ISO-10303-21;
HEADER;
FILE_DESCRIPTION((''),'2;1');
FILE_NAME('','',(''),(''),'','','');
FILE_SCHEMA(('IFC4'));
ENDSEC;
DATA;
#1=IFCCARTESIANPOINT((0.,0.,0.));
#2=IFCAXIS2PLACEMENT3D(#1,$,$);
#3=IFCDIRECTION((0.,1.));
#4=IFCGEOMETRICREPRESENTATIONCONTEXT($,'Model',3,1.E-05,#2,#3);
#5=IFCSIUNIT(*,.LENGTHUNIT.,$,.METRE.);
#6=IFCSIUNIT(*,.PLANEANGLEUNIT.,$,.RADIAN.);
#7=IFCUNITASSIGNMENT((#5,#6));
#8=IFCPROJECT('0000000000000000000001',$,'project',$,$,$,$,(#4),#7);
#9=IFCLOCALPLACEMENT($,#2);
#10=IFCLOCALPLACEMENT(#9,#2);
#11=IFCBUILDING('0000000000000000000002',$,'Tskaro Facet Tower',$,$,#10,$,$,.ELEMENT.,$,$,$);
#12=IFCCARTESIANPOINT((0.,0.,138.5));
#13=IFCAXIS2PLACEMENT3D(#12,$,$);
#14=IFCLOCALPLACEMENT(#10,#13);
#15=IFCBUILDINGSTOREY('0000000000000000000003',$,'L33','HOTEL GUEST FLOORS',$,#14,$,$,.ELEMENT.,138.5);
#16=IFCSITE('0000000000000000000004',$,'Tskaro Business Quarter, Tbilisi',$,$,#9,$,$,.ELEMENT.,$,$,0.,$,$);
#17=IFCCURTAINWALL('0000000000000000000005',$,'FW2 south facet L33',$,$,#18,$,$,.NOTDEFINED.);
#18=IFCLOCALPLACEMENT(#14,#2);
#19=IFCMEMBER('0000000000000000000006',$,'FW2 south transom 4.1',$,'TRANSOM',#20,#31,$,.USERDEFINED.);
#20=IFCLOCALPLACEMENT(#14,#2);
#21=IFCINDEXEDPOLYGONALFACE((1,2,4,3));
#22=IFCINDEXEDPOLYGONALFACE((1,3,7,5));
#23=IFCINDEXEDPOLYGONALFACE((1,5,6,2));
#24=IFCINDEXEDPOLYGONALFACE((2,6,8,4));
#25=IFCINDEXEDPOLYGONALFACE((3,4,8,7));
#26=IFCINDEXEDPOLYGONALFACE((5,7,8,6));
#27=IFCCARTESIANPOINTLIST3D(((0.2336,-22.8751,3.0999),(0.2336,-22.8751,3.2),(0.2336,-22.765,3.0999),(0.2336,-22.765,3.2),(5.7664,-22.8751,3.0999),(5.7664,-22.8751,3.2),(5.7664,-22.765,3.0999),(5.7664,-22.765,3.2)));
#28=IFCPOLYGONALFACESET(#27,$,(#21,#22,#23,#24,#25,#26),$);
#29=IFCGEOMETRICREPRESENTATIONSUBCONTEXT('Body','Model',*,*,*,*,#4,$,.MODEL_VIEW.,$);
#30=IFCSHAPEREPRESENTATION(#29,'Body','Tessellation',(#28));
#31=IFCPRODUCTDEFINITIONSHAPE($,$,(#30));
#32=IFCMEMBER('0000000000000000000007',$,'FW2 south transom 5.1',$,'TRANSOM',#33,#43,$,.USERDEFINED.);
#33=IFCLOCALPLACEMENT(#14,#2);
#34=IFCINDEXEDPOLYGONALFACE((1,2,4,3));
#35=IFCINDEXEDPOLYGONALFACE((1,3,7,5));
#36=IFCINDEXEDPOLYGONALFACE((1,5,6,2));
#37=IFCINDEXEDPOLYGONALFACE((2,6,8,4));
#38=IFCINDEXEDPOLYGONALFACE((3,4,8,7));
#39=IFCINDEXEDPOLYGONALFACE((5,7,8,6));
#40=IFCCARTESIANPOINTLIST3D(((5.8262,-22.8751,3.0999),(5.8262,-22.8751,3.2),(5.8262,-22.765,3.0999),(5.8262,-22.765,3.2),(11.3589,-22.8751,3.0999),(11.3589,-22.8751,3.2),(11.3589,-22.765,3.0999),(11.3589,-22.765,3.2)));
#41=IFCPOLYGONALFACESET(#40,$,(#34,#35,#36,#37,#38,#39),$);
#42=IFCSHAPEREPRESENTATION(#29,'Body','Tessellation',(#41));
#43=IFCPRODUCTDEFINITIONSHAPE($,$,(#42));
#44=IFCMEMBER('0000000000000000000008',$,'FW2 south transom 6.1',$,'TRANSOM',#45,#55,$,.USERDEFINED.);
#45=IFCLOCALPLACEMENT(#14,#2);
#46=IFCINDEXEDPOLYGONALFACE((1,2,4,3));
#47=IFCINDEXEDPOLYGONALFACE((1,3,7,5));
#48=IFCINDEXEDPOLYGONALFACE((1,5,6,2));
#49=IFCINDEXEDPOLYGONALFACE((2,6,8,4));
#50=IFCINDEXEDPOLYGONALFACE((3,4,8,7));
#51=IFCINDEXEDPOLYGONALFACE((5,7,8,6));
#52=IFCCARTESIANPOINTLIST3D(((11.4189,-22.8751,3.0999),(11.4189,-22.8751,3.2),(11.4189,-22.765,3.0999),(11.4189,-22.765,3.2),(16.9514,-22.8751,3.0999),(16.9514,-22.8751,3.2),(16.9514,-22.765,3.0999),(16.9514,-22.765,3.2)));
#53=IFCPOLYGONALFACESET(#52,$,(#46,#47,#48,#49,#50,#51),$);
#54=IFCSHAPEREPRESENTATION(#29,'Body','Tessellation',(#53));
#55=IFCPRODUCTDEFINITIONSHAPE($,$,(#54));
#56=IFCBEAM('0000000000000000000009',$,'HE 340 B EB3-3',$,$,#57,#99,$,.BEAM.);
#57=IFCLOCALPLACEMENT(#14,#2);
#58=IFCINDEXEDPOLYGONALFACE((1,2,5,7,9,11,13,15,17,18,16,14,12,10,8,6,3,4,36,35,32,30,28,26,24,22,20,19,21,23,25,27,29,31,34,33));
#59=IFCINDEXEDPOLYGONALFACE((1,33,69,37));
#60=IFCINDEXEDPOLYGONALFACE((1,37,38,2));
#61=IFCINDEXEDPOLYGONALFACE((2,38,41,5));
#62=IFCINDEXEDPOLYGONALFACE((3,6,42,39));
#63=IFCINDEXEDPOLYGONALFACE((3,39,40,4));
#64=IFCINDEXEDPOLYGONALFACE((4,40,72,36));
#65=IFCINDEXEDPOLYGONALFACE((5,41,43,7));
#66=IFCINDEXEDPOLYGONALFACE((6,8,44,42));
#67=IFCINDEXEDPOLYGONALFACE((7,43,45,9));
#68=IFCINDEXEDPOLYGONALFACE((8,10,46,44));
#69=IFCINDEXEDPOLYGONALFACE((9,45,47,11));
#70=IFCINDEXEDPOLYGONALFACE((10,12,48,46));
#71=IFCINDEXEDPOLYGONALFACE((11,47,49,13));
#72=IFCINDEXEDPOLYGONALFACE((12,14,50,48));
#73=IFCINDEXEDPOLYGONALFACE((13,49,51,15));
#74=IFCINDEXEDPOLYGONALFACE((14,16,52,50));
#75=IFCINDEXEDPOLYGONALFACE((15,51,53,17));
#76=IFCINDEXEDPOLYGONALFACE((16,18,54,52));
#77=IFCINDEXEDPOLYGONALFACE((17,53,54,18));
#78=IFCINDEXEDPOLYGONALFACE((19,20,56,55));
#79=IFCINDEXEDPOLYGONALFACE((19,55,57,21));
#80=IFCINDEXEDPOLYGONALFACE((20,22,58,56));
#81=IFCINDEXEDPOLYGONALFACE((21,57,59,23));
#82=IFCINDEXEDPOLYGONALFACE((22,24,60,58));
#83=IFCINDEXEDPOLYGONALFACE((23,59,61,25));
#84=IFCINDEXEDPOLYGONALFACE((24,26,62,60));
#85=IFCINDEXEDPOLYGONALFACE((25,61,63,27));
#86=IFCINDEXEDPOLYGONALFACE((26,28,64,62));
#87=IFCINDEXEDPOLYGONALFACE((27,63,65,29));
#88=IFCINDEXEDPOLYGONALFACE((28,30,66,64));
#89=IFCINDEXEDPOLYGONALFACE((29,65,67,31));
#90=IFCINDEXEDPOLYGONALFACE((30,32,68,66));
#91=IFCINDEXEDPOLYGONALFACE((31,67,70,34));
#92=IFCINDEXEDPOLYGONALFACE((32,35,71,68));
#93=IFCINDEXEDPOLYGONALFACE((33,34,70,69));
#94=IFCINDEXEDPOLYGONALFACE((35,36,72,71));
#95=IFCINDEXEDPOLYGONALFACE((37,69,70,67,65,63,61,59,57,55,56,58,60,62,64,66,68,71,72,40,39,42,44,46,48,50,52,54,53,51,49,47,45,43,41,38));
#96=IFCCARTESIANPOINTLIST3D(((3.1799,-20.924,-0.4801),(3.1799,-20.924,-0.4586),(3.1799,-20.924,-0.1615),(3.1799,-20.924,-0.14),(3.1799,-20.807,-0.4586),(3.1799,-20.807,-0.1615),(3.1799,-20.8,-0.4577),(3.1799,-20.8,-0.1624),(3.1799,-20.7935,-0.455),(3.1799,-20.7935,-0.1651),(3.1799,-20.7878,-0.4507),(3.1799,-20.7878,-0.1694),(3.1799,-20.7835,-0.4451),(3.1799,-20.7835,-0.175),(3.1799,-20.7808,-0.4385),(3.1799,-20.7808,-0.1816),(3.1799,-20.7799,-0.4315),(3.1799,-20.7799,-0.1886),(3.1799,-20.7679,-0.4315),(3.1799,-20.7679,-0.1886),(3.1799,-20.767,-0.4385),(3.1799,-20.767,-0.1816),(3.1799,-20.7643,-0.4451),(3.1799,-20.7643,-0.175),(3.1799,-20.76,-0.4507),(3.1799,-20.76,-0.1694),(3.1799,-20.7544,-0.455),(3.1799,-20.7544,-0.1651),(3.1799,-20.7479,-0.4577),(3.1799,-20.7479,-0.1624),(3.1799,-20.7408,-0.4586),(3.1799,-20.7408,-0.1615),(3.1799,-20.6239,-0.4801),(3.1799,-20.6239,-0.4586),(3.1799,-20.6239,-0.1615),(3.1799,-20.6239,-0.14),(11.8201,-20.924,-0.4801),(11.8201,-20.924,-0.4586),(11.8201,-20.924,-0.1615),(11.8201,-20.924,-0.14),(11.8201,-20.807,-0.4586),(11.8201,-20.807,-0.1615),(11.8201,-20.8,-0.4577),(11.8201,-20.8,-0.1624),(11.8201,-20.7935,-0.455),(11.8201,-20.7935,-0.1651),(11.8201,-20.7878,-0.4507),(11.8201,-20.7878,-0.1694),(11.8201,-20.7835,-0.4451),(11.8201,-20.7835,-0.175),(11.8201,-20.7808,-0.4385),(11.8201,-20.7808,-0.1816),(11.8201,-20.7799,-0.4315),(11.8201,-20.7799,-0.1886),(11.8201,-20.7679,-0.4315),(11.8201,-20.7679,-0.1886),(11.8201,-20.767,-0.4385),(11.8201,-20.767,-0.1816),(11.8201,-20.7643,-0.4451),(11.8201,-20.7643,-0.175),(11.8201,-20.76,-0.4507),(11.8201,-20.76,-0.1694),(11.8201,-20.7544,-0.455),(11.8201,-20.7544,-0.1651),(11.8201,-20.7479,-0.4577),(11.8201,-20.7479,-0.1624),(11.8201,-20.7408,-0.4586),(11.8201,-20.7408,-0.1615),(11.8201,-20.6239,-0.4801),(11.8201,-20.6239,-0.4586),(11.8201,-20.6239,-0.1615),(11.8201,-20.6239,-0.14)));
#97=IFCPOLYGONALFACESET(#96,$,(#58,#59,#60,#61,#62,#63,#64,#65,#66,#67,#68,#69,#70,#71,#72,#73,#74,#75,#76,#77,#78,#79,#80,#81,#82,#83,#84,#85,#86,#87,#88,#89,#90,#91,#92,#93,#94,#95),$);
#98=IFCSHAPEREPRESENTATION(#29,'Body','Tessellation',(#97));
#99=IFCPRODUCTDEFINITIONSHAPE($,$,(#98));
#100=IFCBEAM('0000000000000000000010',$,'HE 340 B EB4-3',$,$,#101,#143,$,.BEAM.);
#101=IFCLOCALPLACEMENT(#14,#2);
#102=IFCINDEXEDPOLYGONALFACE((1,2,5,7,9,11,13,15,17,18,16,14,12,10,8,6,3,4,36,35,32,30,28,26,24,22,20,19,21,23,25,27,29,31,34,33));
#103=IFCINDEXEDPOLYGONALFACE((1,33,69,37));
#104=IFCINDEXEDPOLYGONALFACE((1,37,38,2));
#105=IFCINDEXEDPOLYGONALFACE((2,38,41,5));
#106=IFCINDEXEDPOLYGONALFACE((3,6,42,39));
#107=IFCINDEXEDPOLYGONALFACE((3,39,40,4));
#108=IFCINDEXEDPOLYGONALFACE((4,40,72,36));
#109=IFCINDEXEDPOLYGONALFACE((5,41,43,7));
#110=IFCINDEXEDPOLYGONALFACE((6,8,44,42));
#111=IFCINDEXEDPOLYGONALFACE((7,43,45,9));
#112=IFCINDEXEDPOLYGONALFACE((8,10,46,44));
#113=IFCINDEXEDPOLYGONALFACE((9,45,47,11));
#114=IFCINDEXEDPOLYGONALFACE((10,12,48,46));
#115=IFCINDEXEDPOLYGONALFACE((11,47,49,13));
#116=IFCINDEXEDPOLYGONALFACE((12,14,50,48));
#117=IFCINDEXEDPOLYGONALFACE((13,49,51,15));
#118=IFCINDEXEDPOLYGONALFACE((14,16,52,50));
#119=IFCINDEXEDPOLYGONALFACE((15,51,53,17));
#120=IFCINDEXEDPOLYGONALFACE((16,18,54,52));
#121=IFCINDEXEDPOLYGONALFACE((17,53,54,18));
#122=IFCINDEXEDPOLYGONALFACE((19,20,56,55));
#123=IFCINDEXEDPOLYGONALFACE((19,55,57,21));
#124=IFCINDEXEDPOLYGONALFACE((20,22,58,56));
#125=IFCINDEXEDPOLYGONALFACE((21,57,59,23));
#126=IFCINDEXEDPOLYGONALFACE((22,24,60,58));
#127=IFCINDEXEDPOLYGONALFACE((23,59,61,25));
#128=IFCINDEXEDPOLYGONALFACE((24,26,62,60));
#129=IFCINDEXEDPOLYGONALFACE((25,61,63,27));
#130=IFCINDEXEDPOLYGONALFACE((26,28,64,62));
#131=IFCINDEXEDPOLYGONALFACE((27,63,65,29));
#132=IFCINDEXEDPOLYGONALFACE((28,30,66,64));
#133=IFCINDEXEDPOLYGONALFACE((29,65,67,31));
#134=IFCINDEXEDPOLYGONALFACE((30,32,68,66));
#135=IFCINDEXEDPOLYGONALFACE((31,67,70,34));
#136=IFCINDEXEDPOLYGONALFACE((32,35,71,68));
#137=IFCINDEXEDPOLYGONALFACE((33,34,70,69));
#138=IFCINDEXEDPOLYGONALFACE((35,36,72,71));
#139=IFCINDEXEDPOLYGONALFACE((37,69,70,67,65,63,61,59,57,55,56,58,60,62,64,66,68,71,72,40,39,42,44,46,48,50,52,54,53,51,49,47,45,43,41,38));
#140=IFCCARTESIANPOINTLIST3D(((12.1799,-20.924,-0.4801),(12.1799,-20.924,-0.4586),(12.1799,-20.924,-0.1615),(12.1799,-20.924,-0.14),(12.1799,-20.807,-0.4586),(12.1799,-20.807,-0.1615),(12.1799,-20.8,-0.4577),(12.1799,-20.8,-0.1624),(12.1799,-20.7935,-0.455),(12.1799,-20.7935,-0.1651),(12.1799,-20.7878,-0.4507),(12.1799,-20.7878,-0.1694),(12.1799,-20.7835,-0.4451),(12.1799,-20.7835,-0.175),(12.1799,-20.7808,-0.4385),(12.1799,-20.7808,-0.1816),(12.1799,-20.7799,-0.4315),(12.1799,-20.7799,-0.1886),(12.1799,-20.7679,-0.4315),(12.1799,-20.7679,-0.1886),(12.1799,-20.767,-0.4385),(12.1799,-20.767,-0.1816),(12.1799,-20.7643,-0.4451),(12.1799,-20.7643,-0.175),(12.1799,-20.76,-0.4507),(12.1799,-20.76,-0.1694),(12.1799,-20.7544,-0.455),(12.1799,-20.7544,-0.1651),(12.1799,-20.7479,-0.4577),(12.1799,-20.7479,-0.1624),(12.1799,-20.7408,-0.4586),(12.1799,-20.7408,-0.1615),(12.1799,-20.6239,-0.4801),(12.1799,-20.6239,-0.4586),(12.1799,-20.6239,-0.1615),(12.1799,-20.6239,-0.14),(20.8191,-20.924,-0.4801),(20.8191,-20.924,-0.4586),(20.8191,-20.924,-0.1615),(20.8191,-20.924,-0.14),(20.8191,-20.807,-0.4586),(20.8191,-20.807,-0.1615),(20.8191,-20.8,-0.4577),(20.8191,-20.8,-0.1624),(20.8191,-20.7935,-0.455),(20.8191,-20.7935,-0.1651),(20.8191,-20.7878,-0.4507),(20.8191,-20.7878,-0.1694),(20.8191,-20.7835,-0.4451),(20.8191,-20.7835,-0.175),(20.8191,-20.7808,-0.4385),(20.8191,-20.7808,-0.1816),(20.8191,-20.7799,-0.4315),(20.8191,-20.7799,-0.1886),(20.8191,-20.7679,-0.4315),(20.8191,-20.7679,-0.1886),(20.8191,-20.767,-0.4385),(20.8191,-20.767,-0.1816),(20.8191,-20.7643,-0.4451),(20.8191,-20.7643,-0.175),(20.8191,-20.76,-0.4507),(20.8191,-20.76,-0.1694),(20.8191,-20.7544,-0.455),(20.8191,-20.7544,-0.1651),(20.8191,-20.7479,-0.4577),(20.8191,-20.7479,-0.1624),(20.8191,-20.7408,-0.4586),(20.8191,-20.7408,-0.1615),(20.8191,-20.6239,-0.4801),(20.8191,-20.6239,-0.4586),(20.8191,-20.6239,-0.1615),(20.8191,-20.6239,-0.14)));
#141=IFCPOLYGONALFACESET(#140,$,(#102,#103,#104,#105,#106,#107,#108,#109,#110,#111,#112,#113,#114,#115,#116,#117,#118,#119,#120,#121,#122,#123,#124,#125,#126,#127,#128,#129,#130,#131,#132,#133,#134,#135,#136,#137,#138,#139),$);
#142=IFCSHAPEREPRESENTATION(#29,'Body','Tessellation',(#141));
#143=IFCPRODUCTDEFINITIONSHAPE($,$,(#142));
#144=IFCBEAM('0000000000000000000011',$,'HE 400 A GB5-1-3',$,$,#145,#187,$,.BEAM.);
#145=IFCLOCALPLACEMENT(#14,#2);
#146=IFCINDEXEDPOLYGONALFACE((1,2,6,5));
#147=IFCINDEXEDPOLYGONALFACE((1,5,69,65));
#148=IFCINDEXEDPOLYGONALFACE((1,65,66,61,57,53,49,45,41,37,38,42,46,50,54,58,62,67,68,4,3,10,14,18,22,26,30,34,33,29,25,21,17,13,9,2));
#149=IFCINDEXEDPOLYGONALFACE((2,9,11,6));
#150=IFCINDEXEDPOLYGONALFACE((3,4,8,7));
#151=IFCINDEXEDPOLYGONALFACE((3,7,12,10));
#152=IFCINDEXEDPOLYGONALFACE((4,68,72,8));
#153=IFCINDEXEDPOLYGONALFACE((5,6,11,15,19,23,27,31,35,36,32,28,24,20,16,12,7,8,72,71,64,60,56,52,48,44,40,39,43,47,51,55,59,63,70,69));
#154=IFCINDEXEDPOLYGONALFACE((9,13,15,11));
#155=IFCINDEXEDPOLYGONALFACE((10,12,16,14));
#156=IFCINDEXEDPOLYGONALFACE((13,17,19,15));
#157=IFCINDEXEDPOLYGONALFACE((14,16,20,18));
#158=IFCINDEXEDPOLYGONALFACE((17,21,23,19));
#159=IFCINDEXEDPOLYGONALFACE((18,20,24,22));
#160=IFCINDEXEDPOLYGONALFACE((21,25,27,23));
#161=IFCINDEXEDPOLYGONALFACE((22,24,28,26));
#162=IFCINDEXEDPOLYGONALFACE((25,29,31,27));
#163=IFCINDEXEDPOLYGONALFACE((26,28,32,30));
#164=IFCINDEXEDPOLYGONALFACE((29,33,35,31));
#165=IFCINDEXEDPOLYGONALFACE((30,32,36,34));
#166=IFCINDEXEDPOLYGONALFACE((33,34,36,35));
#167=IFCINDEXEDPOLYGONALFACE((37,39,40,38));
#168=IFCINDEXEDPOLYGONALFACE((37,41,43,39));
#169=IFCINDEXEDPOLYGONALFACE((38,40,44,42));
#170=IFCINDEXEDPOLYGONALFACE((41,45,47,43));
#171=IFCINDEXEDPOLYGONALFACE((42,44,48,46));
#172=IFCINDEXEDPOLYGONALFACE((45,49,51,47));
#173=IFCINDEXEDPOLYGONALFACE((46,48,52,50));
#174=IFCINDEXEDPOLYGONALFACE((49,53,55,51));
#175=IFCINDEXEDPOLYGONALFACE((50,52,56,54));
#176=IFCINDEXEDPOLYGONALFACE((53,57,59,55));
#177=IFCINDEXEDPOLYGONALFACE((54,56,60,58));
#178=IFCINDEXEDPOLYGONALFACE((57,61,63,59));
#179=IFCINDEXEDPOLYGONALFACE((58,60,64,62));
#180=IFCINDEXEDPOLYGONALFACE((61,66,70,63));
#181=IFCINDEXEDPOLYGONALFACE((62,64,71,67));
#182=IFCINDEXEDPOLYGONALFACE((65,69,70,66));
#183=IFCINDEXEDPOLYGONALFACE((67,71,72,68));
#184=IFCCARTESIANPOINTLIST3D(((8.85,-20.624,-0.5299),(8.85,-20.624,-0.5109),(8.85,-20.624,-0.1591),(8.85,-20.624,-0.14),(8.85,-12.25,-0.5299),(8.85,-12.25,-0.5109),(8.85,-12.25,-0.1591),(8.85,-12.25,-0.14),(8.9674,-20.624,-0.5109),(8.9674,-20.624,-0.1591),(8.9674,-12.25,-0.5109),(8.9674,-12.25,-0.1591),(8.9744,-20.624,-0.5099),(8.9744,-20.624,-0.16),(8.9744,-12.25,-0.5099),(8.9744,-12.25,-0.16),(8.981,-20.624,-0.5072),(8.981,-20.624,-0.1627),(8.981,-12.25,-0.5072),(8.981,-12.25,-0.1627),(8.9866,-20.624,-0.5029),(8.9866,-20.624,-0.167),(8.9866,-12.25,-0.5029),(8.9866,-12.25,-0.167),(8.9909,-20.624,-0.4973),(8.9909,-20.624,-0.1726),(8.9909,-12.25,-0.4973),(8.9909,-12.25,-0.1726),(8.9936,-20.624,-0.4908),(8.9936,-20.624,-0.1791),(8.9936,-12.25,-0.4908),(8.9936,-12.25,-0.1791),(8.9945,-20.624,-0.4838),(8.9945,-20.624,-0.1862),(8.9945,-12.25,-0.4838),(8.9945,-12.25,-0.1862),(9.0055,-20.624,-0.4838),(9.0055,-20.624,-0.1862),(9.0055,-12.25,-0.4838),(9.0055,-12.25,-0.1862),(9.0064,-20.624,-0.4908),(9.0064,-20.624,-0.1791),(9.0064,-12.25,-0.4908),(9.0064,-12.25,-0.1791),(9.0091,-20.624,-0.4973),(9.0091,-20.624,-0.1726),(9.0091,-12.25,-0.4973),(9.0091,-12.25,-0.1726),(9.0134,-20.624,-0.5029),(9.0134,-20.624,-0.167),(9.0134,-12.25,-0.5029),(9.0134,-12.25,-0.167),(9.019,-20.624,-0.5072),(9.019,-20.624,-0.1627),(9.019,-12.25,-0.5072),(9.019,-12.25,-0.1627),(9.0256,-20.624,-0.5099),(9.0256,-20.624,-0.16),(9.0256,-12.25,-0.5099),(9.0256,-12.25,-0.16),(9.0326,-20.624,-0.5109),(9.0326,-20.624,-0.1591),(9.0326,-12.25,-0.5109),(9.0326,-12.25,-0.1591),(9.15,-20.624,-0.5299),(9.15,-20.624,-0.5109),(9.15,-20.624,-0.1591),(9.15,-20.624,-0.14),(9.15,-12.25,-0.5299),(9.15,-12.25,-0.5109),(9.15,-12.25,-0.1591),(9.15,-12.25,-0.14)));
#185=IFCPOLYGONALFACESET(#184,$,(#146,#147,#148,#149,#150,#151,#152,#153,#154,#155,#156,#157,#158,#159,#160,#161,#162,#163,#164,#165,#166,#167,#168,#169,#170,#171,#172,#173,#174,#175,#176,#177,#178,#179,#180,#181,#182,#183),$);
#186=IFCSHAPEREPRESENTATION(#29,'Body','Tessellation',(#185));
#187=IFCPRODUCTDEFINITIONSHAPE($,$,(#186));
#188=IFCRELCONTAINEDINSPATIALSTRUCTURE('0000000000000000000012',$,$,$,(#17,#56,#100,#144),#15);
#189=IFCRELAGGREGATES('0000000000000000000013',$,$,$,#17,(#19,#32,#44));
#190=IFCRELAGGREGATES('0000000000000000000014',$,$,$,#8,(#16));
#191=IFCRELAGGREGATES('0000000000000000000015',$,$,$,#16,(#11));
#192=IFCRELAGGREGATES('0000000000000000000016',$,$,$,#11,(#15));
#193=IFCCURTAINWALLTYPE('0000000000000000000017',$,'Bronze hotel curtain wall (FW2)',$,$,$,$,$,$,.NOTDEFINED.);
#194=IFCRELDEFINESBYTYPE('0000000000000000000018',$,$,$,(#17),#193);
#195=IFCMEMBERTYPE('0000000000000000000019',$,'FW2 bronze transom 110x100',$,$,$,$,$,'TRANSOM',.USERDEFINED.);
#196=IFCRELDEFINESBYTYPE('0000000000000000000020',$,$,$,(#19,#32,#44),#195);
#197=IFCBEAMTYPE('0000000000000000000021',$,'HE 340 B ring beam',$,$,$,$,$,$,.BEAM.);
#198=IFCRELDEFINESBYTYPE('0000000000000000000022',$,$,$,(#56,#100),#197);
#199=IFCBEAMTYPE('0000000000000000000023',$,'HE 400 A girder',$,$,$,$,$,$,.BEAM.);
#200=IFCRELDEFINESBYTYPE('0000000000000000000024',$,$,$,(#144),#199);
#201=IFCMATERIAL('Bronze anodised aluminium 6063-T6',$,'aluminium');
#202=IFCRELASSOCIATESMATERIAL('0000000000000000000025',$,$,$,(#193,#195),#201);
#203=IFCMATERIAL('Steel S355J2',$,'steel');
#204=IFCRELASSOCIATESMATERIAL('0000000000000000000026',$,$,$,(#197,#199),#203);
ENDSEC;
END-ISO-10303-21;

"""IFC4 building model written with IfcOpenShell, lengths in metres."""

from ifc_helpers import new_model, si_unit, direction, frame, origin, origin_2d, place, context, subcontext, project, spatial, rectangle, i_section, extrude, material, material_profile, profile_set, type_object, element, aggregate, save


model = new_model("IFC4")

# Units and contexts
model_context = context("Model", 3, precision=1e-05, world=origin(), true_north=direction((0.0, 1.0)))
body_context = subcontext(model_context, "Body", "Model", "MODEL_VIEW")
ifc_project = project(units=[si_unit("LENGTHUNIT", "METRE"), si_unit("PLANEANGLEUNIT", "RADIAN")], contexts=[model_context])

# Site, building, storey
site_placement = place(None, origin())
site = spatial("IfcSite", under=ifc_project, at=site_placement, Name="Tskaro Business Quarter, Tbilisi", CompositionType="ELEMENT", RefElevation=0.0)
building_placement = place(site_placement, origin())
building = spatial("IfcBuilding", under=site, at=building_placement, Name="Tskaro Facet Tower", CompositionType="ELEMENT")
storey_placement = place(building_placement, frame((0.0, 0.0, 138.5)))
storey = spatial("IfcBuildingStorey", under=building, at=storey_placement, Name="L33", Description="HOTEL GUEST FLOORS", CompositionType="ELEMENT", Elevation=138.5)

# Curtain wall, members
ifc_material_1 = material(Name="Bronze anodised aluminium 6063-T6", Category="aluminium")
curtain_wall_type = type_object("IfcCurtainWallType", Name="Bronze hotel curtain wall (FW2)", PredefinedType="NOTDEFINED", material=ifc_material_1)
curtain_wall_placement = place(storey_placement, origin())
curtain_wall = element("IfcCurtainWall", 1, at=curtain_wall_placement, inside=storey, type_object=curtain_wall_type, Name="FW2 south facet L33", PredefinedType="NOTDEFINED")
ifc_material_profile_1 = material_profile(ifc_material_1, rectangle(XDim=0.1101, YDim=0.1001, at=origin_2d()), Name="Transom 110x100")
ifc_profile_set_1 = profile_set([ifc_material_profile_1], Name="Bronze anodised aluminium 6063-T6")
member_type_1 = type_object("IfcMemberType", Name="FW2 bronze transom 110x100", ElementType="TRANSOM", PredefinedType="USERDEFINED", material=ifc_profile_set_1)
member_1_placement = place(storey_placement, frame((0.2336, -22.8201, 3.1499), z_axis=(1.0, 0.0, 0.0), x_axis=(0.0, 1.0, 0.0)))
member_1 = element("IfcMember", 2, at=member_1_placement, type_object=member_type_1, Name="FW2 south transom 4.1", ObjectType="TRANSOM", PredefinedType="USERDEFINED", context=body_context, shape_type="SweptSolid", body=[
    extrude(rectangle(XDim=0.1101, YDim=0.1001, at=origin_2d()), origin(), (0.0, 0.0, 1.0), 5.5327),
])
member_2_placement = place(storey_placement, frame((5.8262, -22.8201, 3.1499), z_axis=(1.0, 0.0, 0.0), x_axis=(0.0, 1.0, 0.0)))
member_2 = element("IfcMember", 3, at=member_2_placement, type_object=member_type_1, Name="FW2 south transom 5.1", ObjectType="TRANSOM", PredefinedType="USERDEFINED", context=body_context, shape_type="SweptSolid", body=[
    extrude(rectangle(XDim=0.1101, YDim=0.1001, at=origin_2d()), origin(), (0.0, 0.0, 1.0), 5.5327),
])
member_3_placement = place(storey_placement, frame((11.4189, -22.8201, 3.1499), z_axis=(1.0, 0.0, 0.0), x_axis=(0.0, 1.0, 0.0)))
member_3 = element("IfcMember", 4, at=member_3_placement, type_object=member_type_1, Name="FW2 south transom 6.1", ObjectType="TRANSOM", PredefinedType="USERDEFINED", context=body_context, shape_type="SweptSolid", body=[
    extrude(rectangle(XDim=0.1101, YDim=0.1001, at=origin_2d()), origin(), (0.0, 0.0, 1.0), 5.5325),
])

# Beams
ifc_material_2 = material(Name="Steel S355J2", Category="steel")
ifc_material_profile_2 = material_profile(ifc_material_2, i_section(OverallWidth=0.3, OverallDepth=0.3401, WebThickness=0.012, FlangeThickness=0.0215, FilletRadius=0.0271, at=origin_2d()), Name="HE 340 B")
ifc_profile_set_2 = profile_set([ifc_material_profile_2], Name="Steel S355J2")
beam_type_1 = type_object("IfcBeamType", Name="HE 340 B ring beam", PredefinedType="BEAM", material=ifc_profile_set_2)
beam_1_placement = place(storey_placement, frame((3.1799, -20.7739, -0.3101), z_axis=(1.0, 0.0, 0.0), x_axis=(0.0, 1.0, 0.0)))
element("IfcBeam", 5, at=beam_1_placement, inside=storey, type_object=beam_type_1, Name="HE 340 B EB3-3", PredefinedType="BEAM", context=body_context, shape_type="SweptSolid", body=[
    extrude(i_section(OverallWidth=0.3, OverallDepth=0.3401, WebThickness=0.012, FlangeThickness=0.0215, FilletRadius=0.0271, at=origin_2d()), origin(), (0.0, 0.0, 1.0), 8.6401),
])
beam_2_placement = place(storey_placement, frame((12.1799, -20.7739, -0.3101), z_axis=(1.0, 0.0, 0.0), x_axis=(0.0, 1.0, 0.0)))
element("IfcBeam", 6, at=beam_2_placement, inside=storey, type_object=beam_type_1, Name="HE 340 B EB4-3", PredefinedType="BEAM", context=body_context, shape_type="SweptSolid", body=[
    extrude(i_section(OverallWidth=0.3, OverallDepth=0.3401, WebThickness=0.012, FlangeThickness=0.0215, FilletRadius=0.0271, at=origin_2d()), origin(), (0.0, 0.0, 1.0), 8.6392),
])
ifc_material_profile_3 = material_profile(ifc_material_2, i_section(OverallWidth=0.3, OverallDepth=0.3899, WebThickness=0.011, FlangeThickness=0.019, FilletRadius=0.0271, at=origin_2d()), Name="HE 400 A")
ifc_profile_set_3 = profile_set([ifc_material_profile_3], Name="Steel S355J2")
beam_type_2 = type_object("IfcBeamType", Name="HE 400 A girder", PredefinedType="BEAM", material=ifc_profile_set_3)
beam_3_placement = place(storey_placement, frame((9.0, -20.624, -0.335), z_axis=(0.0, 1.0, 0.0), x_axis=(-1.0, 0.0, 0.0)))
element("IfcBeam", 7, at=beam_3_placement, inside=storey, type_object=beam_type_2, Name="HE 400 A GB5-1-3", PredefinedType="BEAM", context=body_context, shape_type="SweptSolid", body=[
    extrude(i_section(OverallWidth=0.3, OverallDepth=0.3899, WebThickness=0.011, FlangeThickness=0.019, FilletRadius=0.0271, at=origin_2d()), origin(), (0.0, 0.0, 1.0), 8.374),
])

aggregate(curtain_wall, [member_1, member_2, member_3])

save(model, "model.ifc")
